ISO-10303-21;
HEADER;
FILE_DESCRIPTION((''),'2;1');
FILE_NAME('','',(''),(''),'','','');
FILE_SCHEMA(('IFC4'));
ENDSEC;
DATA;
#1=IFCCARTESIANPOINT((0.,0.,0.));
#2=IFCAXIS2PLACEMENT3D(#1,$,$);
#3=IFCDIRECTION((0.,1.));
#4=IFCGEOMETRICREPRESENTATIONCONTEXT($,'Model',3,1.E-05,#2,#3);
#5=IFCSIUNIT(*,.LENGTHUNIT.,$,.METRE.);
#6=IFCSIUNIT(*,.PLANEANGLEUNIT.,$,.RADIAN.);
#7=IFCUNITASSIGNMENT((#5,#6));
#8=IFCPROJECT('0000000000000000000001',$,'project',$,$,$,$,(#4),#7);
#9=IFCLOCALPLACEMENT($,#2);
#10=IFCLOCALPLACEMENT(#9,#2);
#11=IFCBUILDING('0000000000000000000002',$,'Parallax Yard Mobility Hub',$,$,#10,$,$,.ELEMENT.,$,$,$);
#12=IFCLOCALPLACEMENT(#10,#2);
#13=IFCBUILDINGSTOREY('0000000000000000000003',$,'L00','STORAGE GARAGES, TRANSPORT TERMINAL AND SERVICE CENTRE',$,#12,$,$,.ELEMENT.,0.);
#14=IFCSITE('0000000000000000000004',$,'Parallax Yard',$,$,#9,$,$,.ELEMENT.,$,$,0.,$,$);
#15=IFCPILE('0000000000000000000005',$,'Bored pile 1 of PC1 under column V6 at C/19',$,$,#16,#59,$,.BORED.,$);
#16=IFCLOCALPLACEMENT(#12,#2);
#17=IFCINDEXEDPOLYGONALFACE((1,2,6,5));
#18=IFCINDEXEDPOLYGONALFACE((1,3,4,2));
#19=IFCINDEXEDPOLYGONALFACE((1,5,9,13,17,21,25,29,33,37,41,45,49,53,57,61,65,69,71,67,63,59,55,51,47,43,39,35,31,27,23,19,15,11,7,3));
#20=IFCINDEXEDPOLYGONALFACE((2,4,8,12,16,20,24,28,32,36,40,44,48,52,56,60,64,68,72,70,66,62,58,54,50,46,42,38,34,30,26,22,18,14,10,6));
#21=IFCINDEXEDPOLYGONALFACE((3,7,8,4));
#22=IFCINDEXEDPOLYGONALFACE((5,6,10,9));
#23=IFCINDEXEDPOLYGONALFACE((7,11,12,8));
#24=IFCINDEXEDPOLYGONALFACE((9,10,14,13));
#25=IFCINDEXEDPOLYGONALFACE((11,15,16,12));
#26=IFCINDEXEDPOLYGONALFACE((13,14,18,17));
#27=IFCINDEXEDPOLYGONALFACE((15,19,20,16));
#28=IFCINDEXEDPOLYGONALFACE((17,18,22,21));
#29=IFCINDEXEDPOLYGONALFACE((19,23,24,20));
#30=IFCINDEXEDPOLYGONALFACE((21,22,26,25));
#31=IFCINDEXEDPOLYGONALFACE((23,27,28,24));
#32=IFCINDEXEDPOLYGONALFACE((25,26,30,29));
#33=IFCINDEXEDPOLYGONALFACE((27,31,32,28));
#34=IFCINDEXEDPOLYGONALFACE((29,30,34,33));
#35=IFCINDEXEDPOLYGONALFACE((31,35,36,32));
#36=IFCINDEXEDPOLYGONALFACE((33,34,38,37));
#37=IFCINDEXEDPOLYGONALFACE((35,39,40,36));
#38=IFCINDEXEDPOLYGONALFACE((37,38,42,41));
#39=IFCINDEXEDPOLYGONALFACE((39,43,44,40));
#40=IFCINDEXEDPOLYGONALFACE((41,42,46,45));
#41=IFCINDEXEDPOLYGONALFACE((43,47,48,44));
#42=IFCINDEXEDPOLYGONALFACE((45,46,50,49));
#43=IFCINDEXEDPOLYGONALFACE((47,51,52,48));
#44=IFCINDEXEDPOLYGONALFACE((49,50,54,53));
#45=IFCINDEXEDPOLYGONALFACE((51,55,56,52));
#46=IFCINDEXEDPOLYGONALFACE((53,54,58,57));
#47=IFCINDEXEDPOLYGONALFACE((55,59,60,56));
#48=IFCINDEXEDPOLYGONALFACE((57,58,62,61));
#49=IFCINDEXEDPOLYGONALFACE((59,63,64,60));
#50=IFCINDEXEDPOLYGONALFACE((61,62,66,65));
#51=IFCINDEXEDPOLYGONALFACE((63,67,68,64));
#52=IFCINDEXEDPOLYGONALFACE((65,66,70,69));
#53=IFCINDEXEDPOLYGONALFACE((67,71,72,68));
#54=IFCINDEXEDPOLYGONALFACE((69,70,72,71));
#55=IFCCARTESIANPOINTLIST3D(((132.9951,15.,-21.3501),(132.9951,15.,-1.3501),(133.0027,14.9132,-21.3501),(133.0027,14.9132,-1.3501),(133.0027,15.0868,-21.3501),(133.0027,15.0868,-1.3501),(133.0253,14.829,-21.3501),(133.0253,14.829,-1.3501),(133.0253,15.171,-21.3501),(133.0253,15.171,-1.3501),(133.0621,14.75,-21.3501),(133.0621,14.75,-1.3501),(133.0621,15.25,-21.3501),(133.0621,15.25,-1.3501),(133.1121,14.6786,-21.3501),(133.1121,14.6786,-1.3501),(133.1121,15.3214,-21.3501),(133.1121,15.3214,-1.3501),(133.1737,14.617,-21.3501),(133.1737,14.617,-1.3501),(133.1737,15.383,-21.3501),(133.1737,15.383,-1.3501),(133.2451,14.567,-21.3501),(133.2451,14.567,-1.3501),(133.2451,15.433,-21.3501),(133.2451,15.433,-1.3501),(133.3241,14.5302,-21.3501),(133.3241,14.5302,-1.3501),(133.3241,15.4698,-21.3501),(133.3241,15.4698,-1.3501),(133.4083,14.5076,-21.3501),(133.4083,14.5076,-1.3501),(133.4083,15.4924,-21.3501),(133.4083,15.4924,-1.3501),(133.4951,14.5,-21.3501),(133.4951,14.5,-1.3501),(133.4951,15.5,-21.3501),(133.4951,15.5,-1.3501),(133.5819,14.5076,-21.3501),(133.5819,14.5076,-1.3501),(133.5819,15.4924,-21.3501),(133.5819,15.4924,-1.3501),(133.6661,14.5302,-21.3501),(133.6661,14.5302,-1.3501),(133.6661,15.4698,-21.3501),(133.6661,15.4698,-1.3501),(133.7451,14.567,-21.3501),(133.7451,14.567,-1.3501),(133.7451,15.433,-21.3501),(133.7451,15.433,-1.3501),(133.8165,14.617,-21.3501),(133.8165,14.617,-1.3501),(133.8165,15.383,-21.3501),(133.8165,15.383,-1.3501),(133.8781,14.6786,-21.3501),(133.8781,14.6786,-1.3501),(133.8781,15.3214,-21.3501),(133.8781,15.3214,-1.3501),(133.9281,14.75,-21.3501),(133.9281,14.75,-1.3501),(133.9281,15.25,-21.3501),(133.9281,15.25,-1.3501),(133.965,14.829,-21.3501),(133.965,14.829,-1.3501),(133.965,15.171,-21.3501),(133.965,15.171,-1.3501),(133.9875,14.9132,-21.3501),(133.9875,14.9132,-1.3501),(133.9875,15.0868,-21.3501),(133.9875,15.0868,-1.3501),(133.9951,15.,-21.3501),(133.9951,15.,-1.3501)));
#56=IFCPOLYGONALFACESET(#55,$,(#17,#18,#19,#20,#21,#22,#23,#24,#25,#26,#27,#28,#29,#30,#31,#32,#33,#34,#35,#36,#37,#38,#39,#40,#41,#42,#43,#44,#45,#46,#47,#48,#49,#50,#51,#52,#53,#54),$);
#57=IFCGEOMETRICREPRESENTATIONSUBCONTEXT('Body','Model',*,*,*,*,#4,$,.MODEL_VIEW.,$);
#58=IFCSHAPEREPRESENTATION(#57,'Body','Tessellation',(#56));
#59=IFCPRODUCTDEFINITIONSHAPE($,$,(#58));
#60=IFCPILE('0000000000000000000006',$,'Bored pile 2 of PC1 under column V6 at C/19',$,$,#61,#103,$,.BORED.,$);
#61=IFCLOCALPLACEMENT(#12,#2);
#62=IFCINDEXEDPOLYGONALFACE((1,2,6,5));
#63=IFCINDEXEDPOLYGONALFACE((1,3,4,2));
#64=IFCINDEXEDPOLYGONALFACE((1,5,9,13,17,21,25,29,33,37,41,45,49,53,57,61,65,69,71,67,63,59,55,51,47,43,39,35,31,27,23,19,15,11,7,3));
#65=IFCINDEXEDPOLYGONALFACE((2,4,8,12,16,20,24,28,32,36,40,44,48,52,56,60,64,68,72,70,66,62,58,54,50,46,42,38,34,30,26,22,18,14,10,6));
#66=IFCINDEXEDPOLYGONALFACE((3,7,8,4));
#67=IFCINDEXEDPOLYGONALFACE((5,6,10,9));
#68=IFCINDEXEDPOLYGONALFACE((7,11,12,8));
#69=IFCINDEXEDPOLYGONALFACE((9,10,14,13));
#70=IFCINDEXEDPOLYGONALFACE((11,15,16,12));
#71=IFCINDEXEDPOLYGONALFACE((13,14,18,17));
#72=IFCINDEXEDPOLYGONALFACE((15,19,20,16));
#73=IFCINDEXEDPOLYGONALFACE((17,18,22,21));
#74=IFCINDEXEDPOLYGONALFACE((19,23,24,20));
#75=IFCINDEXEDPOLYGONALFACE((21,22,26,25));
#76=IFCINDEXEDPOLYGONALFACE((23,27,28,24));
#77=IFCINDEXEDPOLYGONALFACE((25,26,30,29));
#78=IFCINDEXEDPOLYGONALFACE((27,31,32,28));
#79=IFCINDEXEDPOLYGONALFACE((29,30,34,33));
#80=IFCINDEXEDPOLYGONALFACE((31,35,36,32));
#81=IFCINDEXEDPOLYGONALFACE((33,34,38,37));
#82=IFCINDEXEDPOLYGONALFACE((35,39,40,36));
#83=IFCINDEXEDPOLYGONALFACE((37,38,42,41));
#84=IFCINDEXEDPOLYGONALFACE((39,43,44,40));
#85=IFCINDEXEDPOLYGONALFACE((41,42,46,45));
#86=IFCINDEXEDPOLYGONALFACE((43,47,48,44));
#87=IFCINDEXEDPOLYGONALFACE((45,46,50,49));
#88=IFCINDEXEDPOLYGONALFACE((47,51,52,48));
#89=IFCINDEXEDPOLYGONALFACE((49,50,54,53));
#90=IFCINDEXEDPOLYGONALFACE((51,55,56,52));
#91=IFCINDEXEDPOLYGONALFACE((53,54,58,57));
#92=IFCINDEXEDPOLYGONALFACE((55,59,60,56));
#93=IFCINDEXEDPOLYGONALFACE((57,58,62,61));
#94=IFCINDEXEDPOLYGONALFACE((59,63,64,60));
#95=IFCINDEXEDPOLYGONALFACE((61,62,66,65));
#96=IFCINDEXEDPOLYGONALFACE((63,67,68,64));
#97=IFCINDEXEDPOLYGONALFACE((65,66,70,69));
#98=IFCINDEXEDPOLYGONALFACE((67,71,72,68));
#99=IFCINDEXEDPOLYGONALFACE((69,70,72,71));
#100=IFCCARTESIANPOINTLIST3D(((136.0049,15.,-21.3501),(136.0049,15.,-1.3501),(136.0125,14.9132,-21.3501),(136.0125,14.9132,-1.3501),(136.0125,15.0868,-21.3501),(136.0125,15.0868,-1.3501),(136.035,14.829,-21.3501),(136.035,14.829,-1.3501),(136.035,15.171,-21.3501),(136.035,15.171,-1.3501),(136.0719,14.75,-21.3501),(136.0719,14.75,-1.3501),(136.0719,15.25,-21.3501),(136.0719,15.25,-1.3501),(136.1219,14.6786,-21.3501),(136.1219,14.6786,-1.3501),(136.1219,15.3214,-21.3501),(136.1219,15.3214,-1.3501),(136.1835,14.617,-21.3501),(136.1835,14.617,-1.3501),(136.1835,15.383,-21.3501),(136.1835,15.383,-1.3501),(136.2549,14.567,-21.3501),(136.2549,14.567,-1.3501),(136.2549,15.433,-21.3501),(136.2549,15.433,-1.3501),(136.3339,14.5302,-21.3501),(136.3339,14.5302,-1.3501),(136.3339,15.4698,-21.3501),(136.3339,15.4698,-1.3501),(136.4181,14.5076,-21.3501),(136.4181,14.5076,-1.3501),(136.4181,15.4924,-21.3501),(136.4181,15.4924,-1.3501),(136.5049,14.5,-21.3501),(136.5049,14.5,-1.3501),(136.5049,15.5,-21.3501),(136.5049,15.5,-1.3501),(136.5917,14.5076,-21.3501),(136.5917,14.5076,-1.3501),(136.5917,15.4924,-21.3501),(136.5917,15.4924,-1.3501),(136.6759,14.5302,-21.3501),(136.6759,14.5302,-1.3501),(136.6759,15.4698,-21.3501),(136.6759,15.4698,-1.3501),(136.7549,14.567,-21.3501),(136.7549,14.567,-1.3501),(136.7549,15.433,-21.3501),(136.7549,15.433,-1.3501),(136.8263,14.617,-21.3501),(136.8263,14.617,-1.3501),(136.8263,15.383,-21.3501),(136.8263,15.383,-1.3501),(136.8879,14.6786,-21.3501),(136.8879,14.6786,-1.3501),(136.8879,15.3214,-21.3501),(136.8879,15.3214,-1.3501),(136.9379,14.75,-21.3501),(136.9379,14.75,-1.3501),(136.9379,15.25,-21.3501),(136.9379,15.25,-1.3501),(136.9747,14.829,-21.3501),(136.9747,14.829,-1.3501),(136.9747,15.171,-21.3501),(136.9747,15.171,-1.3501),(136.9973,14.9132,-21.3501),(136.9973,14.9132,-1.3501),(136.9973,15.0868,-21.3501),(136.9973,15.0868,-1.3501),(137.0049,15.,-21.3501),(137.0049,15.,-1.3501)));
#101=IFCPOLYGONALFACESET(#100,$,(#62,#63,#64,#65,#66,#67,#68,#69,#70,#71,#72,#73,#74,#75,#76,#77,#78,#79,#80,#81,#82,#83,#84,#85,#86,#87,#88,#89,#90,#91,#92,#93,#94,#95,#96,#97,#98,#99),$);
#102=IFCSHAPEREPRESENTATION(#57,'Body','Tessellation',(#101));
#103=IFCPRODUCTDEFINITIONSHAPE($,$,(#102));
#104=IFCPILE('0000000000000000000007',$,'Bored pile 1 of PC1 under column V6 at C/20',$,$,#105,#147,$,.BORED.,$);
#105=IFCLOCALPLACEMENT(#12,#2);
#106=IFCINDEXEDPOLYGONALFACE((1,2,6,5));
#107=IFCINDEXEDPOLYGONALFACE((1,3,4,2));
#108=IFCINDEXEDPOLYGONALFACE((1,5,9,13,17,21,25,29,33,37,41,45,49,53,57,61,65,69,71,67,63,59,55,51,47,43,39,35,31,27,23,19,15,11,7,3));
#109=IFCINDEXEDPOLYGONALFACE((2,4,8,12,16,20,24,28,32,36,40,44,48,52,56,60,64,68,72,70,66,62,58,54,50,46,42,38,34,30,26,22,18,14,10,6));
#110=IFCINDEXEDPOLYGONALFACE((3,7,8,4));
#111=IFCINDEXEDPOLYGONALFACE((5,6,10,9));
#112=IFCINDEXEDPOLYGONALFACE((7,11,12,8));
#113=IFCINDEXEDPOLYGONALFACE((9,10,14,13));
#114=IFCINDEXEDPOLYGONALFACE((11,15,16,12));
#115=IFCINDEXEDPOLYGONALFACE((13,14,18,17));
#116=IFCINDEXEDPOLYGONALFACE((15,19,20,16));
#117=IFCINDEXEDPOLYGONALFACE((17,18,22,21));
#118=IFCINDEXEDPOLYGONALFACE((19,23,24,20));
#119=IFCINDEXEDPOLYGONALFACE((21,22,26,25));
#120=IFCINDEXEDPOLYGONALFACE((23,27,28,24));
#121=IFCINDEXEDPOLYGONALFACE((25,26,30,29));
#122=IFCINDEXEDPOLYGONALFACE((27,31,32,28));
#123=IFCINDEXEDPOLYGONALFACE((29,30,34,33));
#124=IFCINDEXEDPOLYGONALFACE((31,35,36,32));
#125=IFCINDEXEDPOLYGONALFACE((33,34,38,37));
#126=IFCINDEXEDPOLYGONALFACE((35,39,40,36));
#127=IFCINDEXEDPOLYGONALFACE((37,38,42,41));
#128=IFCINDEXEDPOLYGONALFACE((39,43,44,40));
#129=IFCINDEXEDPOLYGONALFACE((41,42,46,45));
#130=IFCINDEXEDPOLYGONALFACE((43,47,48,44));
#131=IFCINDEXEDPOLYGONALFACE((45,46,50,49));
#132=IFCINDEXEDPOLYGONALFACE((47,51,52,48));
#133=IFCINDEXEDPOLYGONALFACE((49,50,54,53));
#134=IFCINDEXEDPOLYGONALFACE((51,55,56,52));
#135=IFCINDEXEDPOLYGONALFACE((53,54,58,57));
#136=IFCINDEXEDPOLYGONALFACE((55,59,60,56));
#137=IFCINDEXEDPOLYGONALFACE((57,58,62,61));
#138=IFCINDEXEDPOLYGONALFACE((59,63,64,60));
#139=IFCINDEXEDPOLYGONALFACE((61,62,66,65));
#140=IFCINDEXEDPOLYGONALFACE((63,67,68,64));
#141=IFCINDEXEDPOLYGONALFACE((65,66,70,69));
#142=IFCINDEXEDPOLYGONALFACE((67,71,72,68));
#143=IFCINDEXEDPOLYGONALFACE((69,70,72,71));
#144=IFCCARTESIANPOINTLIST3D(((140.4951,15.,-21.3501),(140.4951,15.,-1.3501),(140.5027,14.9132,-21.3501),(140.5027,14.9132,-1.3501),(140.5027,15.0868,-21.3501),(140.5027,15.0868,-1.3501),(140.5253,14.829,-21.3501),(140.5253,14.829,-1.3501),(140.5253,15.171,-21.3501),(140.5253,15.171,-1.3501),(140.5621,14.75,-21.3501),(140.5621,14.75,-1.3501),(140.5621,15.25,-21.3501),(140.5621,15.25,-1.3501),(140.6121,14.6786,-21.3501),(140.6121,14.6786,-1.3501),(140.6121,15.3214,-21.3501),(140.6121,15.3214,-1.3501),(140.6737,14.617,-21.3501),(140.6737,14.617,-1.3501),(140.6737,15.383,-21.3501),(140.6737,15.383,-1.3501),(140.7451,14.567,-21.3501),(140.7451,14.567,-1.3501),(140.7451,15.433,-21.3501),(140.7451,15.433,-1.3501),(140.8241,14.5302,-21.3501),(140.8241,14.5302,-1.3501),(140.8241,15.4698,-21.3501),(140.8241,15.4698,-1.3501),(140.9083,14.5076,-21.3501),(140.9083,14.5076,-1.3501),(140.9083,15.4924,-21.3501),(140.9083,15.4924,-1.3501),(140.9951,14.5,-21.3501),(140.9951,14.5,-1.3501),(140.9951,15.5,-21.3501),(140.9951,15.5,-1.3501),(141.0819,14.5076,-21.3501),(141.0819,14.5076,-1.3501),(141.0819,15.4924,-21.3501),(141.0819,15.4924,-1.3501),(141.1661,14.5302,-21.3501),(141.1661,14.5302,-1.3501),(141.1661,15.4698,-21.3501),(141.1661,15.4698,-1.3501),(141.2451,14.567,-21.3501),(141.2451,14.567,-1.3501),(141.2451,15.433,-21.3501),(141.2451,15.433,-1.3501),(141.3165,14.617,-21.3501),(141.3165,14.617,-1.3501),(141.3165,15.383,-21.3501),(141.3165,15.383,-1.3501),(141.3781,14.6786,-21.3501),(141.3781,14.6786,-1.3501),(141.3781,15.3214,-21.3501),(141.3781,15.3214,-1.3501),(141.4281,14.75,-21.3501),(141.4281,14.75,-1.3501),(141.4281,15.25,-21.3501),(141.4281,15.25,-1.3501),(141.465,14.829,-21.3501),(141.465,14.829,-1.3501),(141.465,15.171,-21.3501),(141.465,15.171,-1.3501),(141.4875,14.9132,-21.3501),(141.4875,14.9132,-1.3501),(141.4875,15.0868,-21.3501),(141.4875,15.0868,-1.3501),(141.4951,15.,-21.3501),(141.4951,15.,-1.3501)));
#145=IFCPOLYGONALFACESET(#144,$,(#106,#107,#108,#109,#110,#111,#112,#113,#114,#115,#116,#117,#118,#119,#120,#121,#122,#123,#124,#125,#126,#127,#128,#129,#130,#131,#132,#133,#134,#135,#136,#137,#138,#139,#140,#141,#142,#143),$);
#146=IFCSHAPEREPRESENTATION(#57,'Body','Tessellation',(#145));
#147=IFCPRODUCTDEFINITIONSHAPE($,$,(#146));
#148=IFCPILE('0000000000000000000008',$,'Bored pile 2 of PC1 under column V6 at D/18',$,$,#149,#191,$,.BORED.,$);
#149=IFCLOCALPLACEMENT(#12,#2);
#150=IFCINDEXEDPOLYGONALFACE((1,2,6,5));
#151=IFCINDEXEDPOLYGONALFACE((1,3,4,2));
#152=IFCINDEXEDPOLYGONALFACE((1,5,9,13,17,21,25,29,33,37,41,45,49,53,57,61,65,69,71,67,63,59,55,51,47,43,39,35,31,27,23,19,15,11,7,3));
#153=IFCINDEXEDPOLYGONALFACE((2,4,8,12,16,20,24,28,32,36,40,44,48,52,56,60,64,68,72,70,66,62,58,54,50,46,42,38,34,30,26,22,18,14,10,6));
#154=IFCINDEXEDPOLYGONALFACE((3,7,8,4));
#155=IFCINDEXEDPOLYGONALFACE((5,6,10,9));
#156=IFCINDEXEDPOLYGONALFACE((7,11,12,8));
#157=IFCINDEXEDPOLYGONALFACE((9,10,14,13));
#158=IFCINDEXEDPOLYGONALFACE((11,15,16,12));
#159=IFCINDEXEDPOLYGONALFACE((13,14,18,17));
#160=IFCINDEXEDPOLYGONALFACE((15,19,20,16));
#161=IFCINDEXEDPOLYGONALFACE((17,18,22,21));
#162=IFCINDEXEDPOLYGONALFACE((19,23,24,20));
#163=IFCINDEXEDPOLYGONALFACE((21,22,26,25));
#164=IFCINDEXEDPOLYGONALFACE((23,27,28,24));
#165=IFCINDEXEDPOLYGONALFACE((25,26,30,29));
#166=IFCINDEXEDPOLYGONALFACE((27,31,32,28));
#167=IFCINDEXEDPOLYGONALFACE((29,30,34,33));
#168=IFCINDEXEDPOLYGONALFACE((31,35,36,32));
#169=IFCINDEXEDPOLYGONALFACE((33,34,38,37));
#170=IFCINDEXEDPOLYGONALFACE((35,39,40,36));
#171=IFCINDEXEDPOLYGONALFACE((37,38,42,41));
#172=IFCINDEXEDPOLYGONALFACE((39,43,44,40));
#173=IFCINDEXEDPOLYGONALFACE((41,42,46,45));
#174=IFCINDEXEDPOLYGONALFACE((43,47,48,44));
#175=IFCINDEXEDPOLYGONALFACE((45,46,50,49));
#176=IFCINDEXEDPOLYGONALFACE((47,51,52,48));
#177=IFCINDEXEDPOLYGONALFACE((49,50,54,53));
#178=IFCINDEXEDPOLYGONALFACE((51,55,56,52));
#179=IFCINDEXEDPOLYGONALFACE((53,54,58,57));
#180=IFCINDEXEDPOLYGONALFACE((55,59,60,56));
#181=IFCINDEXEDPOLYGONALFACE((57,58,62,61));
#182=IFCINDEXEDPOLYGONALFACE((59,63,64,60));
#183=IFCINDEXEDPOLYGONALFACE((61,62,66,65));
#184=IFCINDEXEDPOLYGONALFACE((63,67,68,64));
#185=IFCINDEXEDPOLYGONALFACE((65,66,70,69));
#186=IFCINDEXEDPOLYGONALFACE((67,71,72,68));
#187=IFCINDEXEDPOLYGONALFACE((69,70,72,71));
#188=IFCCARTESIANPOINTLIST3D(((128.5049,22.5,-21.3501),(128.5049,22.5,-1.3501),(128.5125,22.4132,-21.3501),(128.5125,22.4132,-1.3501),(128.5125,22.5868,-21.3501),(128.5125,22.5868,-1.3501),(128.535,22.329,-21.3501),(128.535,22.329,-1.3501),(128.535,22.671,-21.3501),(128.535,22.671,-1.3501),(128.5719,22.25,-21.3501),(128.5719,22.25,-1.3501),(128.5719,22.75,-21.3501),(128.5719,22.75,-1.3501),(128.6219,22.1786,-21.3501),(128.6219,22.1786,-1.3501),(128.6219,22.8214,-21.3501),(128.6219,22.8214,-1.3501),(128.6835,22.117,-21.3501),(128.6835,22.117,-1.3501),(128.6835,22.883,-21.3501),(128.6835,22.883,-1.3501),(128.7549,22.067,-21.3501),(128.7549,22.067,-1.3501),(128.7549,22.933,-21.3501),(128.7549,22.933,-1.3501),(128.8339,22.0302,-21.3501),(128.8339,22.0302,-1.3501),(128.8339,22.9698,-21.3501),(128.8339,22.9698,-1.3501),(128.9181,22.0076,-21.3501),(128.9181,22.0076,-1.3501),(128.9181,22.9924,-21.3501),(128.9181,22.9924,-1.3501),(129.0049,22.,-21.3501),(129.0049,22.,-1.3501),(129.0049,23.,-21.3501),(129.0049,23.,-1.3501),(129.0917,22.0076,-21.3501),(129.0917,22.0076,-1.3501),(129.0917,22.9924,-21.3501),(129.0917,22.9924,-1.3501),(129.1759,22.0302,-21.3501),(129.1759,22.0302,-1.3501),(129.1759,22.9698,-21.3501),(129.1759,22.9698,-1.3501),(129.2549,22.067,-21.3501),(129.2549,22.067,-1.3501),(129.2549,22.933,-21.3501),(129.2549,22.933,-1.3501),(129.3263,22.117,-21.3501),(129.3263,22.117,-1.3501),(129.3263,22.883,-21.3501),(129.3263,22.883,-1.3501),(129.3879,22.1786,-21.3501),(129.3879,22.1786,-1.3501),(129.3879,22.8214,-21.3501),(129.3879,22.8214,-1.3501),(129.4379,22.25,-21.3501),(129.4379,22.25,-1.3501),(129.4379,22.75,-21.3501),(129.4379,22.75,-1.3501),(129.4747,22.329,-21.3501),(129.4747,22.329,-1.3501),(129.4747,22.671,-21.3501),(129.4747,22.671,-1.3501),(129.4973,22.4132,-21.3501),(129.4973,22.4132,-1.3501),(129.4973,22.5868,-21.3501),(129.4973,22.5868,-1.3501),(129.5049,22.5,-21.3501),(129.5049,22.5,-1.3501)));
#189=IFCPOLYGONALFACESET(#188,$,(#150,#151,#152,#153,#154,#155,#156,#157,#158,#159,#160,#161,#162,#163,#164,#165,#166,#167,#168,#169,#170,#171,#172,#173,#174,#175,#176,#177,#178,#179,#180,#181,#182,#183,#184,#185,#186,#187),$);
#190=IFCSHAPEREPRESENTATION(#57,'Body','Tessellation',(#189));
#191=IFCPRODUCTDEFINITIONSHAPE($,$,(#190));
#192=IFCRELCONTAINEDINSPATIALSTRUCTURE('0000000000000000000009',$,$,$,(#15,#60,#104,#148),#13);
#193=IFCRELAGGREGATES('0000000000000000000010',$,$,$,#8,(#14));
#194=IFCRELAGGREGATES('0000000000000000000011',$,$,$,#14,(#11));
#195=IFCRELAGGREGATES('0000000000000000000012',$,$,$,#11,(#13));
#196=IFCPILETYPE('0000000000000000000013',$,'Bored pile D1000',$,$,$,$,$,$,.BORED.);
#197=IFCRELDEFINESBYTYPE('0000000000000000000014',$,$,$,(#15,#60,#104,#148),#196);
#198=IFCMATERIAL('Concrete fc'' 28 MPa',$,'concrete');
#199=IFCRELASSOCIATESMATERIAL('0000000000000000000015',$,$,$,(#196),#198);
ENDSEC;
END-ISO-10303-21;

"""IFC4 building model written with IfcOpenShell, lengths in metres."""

from ifc_helpers import new_model, si_unit, direction, frame, origin, origin_2d, place, context, subcontext, project, spatial, circle, extrude, material, material_profile, profile_set, type_object, element, save


model = new_model("IFC4")

# Units and contexts
model_context = context("Model", 3, precision=1e-05, world=origin(), true_north=direction((0.0, 1.0)))
body_context = subcontext(model_context, "Body", "Model", "MODEL_VIEW")
ifc_project = project(units=[si_unit("LENGTHUNIT", "METRE"), si_unit("PLANEANGLEUNIT", "RADIAN")], contexts=[model_context])

# Site, building, storey
site_placement = place(None, origin())
site = spatial("IfcSite", under=ifc_project, at=site_placement, Name="Parallax Yard", CompositionType="ELEMENT", RefElevation=0.0)
building_placement = place(site_placement, origin())
building = spatial("IfcBuilding", under=site, at=building_placement, Name="Parallax Yard Mobility Hub", CompositionType="ELEMENT")
storey_placement = place(building_placement, origin())
storey = spatial("IfcBuildingStorey", under=building, at=storey_placement, Name="L00", Description="STORAGE GARAGES, TRANSPORT TERMINAL AND SERVICE CENTRE", CompositionType="ELEMENT", Elevation=0.0)

# Piles
ifc_material_1 = material(Name="Concrete fc' 28 MPa", Category="concrete")
ifc_material_profile_1 = material_profile(ifc_material_1, circle(Radius=0.5, at=origin_2d()), Name="Bored pile D1000")
ifc_profile_set_1 = profile_set([ifc_material_profile_1], Name="Concrete fc' 28 MPa")
pile_type = type_object("IfcPileType", Name="Bored pile D1000", PredefinedType="BORED", material=ifc_profile_set_1)
for number, where, z_axis, x_axis, name in (
    (1, (133.4951, 15.0, -1.3501), (0.0, 0.0, -1.0), (1.0, 0.0, 0.0), "Bored pile 1 of PC1 under column V6 at C/19"),
    (2, (136.5049, 15.0, -1.3501), (0.0, 0.0, -1.0), (1.0, 0.0, 0.0), "Bored pile 2 of PC1 under column V6 at C/19"),
    (3, (140.9951, 15.0, -1.3501), (0.0, 0.0, -1.0), (1.0, 0.0, 0.0), "Bored pile 1 of PC1 under column V6 at C/20"),
    (4, (129.0049, 22.5, -1.3501), (0.0, 0.0, -1.0), (1.0, 0.0, 0.0), "Bored pile 2 of PC1 under column V6 at D/18"),
):
    element("IfcPile", number, at=place(storey_placement, frame(where, z_axis=z_axis, x_axis=x_axis)), inside=storey, type_object=pile_type, Name=name, PredefinedType="BORED", context=body_context, shape_type="SweptSolid", body=[
        extrude(circle(Radius=0.5, at=origin_2d()), origin(), (0.0, 0.0, 1.0), 20.0),
    ])

save(model, "model.ifc")
